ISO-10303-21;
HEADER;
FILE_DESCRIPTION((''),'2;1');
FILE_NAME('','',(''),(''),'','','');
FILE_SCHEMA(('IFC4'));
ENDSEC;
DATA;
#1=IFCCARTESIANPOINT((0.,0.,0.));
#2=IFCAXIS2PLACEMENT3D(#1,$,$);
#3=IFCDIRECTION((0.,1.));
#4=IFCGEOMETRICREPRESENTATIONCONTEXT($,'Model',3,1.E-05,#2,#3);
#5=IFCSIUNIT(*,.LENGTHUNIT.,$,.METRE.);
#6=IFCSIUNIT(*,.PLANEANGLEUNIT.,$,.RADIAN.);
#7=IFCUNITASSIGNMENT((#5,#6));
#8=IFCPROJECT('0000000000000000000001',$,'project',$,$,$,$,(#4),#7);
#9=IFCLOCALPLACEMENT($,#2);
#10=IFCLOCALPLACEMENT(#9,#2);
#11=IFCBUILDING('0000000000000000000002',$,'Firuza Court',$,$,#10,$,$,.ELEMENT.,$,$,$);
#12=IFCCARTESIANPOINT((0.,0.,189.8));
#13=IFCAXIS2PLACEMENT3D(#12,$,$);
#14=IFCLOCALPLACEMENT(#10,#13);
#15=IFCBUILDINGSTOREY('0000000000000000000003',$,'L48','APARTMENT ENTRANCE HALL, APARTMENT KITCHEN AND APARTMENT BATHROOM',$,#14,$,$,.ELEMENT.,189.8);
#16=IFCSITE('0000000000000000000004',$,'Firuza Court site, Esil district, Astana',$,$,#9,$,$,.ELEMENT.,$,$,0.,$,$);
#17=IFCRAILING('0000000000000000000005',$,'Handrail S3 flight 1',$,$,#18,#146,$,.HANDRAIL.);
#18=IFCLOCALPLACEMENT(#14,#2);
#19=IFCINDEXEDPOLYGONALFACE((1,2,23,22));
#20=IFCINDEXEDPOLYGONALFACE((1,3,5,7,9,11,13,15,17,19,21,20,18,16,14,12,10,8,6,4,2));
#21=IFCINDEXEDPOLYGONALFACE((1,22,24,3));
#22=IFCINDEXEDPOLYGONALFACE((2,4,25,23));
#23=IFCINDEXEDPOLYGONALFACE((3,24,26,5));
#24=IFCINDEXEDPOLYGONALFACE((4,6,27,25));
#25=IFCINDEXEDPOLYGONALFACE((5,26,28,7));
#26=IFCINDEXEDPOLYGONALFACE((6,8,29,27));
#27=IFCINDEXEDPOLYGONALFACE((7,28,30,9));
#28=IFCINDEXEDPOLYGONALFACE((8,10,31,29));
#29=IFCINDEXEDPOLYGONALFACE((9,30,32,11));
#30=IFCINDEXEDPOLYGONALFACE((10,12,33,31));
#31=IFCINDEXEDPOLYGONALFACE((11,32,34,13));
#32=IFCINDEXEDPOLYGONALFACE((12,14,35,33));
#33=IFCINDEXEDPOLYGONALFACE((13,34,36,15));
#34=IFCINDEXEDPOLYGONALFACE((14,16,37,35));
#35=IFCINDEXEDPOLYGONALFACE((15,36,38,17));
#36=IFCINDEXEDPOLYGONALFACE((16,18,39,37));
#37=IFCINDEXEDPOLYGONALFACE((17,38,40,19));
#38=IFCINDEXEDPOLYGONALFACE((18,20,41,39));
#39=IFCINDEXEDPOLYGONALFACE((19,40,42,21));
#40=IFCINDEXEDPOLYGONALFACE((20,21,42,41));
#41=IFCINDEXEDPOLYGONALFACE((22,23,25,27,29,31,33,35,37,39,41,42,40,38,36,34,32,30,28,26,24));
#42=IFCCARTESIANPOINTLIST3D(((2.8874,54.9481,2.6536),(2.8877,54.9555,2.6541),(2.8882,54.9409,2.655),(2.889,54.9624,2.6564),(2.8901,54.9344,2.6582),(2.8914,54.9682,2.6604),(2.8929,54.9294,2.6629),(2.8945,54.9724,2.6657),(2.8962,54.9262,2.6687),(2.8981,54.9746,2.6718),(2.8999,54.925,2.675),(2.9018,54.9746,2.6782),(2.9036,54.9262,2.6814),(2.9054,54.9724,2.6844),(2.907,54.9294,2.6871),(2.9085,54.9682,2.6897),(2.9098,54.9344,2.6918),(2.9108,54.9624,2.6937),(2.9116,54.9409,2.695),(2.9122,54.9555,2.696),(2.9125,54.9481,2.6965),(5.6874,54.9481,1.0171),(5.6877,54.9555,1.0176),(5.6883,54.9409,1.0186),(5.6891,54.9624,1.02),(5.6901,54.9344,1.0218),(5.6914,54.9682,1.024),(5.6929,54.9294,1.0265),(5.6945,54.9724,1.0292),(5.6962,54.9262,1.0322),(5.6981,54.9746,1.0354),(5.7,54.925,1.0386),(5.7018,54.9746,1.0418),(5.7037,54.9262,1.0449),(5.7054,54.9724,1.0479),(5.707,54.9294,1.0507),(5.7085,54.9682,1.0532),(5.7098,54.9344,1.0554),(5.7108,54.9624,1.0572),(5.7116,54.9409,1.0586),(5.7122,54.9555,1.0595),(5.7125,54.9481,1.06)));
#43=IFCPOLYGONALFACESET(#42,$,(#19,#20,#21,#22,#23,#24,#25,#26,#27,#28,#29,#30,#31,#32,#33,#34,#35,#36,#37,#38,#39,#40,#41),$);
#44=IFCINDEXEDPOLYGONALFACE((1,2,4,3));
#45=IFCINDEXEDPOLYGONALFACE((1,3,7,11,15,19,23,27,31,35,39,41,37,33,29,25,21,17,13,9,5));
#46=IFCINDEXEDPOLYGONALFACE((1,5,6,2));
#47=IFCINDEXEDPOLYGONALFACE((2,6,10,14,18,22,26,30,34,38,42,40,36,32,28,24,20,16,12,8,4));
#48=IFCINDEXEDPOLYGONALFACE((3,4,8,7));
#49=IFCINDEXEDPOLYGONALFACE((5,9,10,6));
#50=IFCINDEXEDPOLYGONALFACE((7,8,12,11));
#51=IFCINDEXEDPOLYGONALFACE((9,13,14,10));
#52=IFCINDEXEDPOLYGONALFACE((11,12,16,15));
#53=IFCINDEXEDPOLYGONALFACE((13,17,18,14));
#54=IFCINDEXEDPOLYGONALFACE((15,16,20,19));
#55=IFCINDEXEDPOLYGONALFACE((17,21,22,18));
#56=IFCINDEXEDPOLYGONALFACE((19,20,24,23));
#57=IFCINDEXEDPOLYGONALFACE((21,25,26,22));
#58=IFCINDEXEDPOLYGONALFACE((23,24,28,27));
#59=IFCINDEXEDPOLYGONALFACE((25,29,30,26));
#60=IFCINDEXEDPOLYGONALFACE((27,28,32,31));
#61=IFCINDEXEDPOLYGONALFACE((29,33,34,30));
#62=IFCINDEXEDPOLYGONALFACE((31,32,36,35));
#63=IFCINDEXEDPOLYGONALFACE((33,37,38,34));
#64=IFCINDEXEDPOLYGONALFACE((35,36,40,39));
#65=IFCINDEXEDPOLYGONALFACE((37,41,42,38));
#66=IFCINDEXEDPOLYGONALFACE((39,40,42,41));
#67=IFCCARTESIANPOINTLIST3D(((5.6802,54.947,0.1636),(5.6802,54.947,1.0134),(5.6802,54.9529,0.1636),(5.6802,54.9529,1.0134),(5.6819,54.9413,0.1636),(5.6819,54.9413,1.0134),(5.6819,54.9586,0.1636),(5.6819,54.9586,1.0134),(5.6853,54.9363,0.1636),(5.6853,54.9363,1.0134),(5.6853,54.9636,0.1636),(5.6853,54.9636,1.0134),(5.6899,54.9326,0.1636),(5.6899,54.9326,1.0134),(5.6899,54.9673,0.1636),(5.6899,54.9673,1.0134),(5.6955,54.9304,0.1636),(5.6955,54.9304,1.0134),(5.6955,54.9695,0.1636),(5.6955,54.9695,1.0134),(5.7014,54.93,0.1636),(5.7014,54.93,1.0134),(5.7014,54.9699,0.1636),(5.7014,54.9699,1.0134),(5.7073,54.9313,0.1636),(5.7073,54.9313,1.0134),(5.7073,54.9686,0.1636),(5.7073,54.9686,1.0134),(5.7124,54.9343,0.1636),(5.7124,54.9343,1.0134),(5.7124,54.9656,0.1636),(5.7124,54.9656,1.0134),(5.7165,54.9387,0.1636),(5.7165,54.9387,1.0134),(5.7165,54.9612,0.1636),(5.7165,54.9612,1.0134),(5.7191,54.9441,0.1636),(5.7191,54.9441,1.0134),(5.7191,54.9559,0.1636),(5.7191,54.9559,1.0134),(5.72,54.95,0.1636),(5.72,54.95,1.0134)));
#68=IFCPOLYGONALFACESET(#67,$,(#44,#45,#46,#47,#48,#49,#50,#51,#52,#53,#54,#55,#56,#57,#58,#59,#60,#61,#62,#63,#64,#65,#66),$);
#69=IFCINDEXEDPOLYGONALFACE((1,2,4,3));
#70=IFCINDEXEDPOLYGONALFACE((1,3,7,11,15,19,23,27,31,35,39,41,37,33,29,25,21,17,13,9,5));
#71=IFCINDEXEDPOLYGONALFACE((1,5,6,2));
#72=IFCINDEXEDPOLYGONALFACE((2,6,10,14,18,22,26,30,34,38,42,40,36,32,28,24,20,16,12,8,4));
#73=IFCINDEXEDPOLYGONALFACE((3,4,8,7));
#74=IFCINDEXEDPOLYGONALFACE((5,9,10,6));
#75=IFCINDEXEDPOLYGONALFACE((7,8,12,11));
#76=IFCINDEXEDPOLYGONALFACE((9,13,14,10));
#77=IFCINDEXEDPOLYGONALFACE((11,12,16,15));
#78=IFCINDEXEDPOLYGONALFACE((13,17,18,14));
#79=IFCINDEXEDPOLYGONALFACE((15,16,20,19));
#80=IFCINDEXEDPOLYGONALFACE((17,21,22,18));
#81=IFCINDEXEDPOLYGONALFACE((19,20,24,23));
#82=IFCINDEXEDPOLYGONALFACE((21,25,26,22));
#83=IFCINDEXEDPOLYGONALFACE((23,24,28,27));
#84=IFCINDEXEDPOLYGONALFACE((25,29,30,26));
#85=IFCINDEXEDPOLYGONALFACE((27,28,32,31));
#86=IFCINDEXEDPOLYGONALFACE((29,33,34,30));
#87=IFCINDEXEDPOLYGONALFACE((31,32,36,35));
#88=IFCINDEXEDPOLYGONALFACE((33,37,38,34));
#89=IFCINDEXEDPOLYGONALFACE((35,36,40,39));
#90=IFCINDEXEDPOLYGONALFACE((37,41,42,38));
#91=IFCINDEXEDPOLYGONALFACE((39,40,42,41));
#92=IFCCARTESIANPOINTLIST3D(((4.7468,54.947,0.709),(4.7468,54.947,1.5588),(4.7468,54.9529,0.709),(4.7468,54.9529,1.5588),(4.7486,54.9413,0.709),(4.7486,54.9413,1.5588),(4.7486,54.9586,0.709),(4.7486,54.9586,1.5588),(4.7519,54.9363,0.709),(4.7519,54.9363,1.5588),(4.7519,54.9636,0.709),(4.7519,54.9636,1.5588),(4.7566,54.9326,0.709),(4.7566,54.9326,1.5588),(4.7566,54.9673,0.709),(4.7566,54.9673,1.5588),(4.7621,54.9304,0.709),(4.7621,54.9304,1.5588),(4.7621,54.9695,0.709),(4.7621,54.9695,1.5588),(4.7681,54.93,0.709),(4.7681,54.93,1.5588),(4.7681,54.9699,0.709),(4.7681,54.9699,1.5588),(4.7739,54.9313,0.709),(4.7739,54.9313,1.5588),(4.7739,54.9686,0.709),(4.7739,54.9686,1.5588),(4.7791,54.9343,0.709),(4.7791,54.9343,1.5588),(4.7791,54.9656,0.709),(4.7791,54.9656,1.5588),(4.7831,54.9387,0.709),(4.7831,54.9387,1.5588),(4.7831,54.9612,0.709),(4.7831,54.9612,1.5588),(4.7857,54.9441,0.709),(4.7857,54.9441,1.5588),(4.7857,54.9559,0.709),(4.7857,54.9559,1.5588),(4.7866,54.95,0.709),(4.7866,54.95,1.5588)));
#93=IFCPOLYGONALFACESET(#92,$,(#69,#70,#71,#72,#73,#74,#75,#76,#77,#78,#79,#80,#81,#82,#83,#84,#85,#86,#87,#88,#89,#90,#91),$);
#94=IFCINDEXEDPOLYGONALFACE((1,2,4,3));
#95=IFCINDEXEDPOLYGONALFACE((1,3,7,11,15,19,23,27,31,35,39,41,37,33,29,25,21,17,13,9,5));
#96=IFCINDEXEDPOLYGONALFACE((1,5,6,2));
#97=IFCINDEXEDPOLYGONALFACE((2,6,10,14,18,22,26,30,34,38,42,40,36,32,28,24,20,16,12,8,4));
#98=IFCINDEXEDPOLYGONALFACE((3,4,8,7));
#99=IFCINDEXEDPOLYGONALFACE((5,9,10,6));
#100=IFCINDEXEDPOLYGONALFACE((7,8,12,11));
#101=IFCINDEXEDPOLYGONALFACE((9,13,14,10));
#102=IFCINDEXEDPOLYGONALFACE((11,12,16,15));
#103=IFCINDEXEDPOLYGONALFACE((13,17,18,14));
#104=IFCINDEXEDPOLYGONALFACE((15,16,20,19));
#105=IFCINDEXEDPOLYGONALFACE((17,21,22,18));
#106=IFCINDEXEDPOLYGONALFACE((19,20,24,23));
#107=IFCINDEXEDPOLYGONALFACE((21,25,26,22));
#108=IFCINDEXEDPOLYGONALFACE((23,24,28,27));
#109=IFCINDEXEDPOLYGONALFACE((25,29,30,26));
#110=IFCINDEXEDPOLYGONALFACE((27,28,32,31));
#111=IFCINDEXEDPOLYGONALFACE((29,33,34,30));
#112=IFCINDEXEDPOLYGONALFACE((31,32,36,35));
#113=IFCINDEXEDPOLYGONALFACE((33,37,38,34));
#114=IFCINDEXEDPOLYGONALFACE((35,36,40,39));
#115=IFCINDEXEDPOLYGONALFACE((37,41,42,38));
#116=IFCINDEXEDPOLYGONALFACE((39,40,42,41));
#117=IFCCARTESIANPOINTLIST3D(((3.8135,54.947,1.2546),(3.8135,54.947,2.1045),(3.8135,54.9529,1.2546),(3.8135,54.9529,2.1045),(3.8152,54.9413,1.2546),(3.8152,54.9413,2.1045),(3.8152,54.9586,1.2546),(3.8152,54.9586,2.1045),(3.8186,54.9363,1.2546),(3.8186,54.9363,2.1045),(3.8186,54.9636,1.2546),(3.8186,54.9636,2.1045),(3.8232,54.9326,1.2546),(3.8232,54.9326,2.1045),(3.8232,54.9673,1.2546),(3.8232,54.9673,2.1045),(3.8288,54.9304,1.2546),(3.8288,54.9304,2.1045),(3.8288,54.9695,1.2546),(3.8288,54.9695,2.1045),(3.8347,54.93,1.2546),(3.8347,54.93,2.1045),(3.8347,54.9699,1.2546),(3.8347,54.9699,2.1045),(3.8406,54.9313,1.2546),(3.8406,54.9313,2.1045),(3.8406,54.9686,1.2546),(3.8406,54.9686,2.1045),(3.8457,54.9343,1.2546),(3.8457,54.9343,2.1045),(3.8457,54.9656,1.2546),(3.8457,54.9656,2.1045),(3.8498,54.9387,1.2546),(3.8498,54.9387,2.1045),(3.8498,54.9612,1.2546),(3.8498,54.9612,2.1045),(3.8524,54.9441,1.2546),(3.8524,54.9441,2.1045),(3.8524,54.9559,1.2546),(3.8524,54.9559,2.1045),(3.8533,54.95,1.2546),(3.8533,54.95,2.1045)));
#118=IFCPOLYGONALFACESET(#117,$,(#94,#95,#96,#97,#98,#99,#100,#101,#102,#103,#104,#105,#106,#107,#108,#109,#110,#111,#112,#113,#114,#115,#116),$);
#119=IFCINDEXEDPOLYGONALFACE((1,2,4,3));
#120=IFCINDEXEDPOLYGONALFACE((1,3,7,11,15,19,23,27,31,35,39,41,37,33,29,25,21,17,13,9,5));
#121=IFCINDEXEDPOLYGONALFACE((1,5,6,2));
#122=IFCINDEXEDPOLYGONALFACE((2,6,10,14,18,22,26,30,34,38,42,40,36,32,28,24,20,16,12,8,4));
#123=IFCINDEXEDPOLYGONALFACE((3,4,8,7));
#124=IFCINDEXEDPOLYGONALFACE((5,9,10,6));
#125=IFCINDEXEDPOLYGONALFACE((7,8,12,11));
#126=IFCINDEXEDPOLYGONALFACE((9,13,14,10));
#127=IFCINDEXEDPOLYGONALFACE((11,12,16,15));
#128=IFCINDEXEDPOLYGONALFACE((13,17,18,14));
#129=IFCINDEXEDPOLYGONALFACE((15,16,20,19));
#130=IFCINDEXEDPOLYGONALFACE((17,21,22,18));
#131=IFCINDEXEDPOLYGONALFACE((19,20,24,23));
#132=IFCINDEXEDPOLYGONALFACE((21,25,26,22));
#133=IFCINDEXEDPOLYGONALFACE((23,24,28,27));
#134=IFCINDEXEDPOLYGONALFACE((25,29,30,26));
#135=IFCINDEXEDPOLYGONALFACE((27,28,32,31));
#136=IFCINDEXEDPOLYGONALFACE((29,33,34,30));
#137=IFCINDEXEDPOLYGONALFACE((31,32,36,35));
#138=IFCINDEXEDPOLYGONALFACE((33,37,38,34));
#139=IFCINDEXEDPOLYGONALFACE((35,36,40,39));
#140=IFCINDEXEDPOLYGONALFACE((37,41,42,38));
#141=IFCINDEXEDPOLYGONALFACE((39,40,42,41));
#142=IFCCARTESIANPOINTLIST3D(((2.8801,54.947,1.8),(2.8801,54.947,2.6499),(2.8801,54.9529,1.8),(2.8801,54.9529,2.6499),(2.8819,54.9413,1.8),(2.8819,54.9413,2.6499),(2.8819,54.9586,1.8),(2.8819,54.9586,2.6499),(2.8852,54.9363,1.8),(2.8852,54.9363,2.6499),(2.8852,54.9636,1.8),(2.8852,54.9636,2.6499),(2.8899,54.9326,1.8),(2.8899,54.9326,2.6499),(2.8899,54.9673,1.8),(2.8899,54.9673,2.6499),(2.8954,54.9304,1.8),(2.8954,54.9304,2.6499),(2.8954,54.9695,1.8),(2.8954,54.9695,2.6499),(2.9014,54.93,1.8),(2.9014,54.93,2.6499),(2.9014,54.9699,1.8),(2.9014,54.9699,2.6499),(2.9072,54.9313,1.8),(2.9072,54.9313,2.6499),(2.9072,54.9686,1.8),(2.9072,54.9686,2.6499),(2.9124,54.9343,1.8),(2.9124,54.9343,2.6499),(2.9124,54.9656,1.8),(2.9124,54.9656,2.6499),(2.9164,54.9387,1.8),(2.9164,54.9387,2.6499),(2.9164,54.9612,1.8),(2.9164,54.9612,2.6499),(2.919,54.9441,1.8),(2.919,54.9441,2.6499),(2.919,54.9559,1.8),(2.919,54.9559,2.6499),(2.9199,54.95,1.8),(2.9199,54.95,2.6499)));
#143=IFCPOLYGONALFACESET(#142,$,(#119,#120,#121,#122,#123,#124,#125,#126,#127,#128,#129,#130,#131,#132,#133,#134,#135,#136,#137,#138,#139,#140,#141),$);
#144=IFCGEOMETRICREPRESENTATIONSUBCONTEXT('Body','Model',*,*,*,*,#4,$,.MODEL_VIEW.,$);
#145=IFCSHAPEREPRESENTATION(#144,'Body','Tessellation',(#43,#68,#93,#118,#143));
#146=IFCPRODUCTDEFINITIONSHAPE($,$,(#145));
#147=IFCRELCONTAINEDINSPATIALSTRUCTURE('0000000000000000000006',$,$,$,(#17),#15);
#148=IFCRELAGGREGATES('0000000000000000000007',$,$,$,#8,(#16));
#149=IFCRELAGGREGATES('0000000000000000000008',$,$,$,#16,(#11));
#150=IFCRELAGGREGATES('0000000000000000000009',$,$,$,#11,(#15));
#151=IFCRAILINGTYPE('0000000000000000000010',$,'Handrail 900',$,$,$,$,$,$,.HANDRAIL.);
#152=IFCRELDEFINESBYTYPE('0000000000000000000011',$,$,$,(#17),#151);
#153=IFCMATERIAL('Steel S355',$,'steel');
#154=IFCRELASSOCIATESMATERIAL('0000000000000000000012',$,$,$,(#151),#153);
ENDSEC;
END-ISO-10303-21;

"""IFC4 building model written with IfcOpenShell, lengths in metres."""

from ifc_helpers import new_model, si_unit, direction, frame, origin, origin_2d, place, context, subcontext, project, spatial, circle, extrude, material, type_object, element, save


model = new_model("IFC4")

# Units and contexts
model_context = context("Model", 3, precision=1e-05, world=origin(), true_north=direction((0.0, 1.0)))
body_context = subcontext(model_context, "Body", "Model", "MODEL_VIEW")
ifc_project = project(units=[si_unit("LENGTHUNIT", "METRE"), si_unit("PLANEANGLEUNIT", "RADIAN")], contexts=[model_context])

# Site, building, storey
site_placement = place(None, origin())
site = spatial("IfcSite", under=ifc_project, at=site_placement, Name="Firuza Court site, Esil district, Astana", CompositionType="ELEMENT", RefElevation=0.0)
building_placement = place(site_placement, origin())
building = spatial("IfcBuilding", under=site, at=building_placement, Name="Firuza Court", CompositionType="ELEMENT")
storey_placement = place(building_placement, frame((0.0, 0.0, 189.8)))
storey = spatial("IfcBuildingStorey", under=building, at=storey_placement, Name="L48", Description="APARTMENT ENTRANCE HALL, APARTMENT KITCHEN AND APARTMENT BATHROOM", CompositionType="ELEMENT", Elevation=189.8)

# Railing
ifc_material_1 = material(Name="Steel S355", Category="steel")
railing_type_1 = type_object("IfcRailingType", Name="Handrail 900", PredefinedType="HANDRAIL", material=ifc_material_1)
railing_1_placement = place(storey_placement, frame((5.7, 54.95, 0.1636)))
element("IfcRailing", 1, at=railing_1_placement, inside=storey, type_object=railing_type_1, Name="Handrail S3 flight 1", PredefinedType="HANDRAIL", context=body_context, shape_type="SweptSolid", body=[
    extrude(circle(Radius=0.0249, at=origin_2d()), frame((0.0, 0.0, 0.875), z_axis=(-0.863361, 0.0, 0.504587), x_axis=(0.0, -1.0, 0.0)), (0.0, 0.0, 1.0), 3.2432),
    extrude(circle(Radius=0.02, at=origin_2d()), origin(), (0.0, 0.0, 1.0), 0.8499),
    extrude(circle(Radius=0.02, at=origin_2d()), frame((-0.9333, 0.0, 0.5454)), (0.0, 0.0, 1.0), 0.8499),
    extrude(circle(Radius=0.02, at=origin_2d()), frame((-1.8667, 0.0, 1.0911)), (0.0, 0.0, 1.0), 0.8499),
    extrude(circle(Radius=0.02, at=origin_2d()), frame((-2.8, 0.0, 1.6365)), (0.0, 0.0, 1.0), 0.8499),
])

save(model, "model.ifc")
